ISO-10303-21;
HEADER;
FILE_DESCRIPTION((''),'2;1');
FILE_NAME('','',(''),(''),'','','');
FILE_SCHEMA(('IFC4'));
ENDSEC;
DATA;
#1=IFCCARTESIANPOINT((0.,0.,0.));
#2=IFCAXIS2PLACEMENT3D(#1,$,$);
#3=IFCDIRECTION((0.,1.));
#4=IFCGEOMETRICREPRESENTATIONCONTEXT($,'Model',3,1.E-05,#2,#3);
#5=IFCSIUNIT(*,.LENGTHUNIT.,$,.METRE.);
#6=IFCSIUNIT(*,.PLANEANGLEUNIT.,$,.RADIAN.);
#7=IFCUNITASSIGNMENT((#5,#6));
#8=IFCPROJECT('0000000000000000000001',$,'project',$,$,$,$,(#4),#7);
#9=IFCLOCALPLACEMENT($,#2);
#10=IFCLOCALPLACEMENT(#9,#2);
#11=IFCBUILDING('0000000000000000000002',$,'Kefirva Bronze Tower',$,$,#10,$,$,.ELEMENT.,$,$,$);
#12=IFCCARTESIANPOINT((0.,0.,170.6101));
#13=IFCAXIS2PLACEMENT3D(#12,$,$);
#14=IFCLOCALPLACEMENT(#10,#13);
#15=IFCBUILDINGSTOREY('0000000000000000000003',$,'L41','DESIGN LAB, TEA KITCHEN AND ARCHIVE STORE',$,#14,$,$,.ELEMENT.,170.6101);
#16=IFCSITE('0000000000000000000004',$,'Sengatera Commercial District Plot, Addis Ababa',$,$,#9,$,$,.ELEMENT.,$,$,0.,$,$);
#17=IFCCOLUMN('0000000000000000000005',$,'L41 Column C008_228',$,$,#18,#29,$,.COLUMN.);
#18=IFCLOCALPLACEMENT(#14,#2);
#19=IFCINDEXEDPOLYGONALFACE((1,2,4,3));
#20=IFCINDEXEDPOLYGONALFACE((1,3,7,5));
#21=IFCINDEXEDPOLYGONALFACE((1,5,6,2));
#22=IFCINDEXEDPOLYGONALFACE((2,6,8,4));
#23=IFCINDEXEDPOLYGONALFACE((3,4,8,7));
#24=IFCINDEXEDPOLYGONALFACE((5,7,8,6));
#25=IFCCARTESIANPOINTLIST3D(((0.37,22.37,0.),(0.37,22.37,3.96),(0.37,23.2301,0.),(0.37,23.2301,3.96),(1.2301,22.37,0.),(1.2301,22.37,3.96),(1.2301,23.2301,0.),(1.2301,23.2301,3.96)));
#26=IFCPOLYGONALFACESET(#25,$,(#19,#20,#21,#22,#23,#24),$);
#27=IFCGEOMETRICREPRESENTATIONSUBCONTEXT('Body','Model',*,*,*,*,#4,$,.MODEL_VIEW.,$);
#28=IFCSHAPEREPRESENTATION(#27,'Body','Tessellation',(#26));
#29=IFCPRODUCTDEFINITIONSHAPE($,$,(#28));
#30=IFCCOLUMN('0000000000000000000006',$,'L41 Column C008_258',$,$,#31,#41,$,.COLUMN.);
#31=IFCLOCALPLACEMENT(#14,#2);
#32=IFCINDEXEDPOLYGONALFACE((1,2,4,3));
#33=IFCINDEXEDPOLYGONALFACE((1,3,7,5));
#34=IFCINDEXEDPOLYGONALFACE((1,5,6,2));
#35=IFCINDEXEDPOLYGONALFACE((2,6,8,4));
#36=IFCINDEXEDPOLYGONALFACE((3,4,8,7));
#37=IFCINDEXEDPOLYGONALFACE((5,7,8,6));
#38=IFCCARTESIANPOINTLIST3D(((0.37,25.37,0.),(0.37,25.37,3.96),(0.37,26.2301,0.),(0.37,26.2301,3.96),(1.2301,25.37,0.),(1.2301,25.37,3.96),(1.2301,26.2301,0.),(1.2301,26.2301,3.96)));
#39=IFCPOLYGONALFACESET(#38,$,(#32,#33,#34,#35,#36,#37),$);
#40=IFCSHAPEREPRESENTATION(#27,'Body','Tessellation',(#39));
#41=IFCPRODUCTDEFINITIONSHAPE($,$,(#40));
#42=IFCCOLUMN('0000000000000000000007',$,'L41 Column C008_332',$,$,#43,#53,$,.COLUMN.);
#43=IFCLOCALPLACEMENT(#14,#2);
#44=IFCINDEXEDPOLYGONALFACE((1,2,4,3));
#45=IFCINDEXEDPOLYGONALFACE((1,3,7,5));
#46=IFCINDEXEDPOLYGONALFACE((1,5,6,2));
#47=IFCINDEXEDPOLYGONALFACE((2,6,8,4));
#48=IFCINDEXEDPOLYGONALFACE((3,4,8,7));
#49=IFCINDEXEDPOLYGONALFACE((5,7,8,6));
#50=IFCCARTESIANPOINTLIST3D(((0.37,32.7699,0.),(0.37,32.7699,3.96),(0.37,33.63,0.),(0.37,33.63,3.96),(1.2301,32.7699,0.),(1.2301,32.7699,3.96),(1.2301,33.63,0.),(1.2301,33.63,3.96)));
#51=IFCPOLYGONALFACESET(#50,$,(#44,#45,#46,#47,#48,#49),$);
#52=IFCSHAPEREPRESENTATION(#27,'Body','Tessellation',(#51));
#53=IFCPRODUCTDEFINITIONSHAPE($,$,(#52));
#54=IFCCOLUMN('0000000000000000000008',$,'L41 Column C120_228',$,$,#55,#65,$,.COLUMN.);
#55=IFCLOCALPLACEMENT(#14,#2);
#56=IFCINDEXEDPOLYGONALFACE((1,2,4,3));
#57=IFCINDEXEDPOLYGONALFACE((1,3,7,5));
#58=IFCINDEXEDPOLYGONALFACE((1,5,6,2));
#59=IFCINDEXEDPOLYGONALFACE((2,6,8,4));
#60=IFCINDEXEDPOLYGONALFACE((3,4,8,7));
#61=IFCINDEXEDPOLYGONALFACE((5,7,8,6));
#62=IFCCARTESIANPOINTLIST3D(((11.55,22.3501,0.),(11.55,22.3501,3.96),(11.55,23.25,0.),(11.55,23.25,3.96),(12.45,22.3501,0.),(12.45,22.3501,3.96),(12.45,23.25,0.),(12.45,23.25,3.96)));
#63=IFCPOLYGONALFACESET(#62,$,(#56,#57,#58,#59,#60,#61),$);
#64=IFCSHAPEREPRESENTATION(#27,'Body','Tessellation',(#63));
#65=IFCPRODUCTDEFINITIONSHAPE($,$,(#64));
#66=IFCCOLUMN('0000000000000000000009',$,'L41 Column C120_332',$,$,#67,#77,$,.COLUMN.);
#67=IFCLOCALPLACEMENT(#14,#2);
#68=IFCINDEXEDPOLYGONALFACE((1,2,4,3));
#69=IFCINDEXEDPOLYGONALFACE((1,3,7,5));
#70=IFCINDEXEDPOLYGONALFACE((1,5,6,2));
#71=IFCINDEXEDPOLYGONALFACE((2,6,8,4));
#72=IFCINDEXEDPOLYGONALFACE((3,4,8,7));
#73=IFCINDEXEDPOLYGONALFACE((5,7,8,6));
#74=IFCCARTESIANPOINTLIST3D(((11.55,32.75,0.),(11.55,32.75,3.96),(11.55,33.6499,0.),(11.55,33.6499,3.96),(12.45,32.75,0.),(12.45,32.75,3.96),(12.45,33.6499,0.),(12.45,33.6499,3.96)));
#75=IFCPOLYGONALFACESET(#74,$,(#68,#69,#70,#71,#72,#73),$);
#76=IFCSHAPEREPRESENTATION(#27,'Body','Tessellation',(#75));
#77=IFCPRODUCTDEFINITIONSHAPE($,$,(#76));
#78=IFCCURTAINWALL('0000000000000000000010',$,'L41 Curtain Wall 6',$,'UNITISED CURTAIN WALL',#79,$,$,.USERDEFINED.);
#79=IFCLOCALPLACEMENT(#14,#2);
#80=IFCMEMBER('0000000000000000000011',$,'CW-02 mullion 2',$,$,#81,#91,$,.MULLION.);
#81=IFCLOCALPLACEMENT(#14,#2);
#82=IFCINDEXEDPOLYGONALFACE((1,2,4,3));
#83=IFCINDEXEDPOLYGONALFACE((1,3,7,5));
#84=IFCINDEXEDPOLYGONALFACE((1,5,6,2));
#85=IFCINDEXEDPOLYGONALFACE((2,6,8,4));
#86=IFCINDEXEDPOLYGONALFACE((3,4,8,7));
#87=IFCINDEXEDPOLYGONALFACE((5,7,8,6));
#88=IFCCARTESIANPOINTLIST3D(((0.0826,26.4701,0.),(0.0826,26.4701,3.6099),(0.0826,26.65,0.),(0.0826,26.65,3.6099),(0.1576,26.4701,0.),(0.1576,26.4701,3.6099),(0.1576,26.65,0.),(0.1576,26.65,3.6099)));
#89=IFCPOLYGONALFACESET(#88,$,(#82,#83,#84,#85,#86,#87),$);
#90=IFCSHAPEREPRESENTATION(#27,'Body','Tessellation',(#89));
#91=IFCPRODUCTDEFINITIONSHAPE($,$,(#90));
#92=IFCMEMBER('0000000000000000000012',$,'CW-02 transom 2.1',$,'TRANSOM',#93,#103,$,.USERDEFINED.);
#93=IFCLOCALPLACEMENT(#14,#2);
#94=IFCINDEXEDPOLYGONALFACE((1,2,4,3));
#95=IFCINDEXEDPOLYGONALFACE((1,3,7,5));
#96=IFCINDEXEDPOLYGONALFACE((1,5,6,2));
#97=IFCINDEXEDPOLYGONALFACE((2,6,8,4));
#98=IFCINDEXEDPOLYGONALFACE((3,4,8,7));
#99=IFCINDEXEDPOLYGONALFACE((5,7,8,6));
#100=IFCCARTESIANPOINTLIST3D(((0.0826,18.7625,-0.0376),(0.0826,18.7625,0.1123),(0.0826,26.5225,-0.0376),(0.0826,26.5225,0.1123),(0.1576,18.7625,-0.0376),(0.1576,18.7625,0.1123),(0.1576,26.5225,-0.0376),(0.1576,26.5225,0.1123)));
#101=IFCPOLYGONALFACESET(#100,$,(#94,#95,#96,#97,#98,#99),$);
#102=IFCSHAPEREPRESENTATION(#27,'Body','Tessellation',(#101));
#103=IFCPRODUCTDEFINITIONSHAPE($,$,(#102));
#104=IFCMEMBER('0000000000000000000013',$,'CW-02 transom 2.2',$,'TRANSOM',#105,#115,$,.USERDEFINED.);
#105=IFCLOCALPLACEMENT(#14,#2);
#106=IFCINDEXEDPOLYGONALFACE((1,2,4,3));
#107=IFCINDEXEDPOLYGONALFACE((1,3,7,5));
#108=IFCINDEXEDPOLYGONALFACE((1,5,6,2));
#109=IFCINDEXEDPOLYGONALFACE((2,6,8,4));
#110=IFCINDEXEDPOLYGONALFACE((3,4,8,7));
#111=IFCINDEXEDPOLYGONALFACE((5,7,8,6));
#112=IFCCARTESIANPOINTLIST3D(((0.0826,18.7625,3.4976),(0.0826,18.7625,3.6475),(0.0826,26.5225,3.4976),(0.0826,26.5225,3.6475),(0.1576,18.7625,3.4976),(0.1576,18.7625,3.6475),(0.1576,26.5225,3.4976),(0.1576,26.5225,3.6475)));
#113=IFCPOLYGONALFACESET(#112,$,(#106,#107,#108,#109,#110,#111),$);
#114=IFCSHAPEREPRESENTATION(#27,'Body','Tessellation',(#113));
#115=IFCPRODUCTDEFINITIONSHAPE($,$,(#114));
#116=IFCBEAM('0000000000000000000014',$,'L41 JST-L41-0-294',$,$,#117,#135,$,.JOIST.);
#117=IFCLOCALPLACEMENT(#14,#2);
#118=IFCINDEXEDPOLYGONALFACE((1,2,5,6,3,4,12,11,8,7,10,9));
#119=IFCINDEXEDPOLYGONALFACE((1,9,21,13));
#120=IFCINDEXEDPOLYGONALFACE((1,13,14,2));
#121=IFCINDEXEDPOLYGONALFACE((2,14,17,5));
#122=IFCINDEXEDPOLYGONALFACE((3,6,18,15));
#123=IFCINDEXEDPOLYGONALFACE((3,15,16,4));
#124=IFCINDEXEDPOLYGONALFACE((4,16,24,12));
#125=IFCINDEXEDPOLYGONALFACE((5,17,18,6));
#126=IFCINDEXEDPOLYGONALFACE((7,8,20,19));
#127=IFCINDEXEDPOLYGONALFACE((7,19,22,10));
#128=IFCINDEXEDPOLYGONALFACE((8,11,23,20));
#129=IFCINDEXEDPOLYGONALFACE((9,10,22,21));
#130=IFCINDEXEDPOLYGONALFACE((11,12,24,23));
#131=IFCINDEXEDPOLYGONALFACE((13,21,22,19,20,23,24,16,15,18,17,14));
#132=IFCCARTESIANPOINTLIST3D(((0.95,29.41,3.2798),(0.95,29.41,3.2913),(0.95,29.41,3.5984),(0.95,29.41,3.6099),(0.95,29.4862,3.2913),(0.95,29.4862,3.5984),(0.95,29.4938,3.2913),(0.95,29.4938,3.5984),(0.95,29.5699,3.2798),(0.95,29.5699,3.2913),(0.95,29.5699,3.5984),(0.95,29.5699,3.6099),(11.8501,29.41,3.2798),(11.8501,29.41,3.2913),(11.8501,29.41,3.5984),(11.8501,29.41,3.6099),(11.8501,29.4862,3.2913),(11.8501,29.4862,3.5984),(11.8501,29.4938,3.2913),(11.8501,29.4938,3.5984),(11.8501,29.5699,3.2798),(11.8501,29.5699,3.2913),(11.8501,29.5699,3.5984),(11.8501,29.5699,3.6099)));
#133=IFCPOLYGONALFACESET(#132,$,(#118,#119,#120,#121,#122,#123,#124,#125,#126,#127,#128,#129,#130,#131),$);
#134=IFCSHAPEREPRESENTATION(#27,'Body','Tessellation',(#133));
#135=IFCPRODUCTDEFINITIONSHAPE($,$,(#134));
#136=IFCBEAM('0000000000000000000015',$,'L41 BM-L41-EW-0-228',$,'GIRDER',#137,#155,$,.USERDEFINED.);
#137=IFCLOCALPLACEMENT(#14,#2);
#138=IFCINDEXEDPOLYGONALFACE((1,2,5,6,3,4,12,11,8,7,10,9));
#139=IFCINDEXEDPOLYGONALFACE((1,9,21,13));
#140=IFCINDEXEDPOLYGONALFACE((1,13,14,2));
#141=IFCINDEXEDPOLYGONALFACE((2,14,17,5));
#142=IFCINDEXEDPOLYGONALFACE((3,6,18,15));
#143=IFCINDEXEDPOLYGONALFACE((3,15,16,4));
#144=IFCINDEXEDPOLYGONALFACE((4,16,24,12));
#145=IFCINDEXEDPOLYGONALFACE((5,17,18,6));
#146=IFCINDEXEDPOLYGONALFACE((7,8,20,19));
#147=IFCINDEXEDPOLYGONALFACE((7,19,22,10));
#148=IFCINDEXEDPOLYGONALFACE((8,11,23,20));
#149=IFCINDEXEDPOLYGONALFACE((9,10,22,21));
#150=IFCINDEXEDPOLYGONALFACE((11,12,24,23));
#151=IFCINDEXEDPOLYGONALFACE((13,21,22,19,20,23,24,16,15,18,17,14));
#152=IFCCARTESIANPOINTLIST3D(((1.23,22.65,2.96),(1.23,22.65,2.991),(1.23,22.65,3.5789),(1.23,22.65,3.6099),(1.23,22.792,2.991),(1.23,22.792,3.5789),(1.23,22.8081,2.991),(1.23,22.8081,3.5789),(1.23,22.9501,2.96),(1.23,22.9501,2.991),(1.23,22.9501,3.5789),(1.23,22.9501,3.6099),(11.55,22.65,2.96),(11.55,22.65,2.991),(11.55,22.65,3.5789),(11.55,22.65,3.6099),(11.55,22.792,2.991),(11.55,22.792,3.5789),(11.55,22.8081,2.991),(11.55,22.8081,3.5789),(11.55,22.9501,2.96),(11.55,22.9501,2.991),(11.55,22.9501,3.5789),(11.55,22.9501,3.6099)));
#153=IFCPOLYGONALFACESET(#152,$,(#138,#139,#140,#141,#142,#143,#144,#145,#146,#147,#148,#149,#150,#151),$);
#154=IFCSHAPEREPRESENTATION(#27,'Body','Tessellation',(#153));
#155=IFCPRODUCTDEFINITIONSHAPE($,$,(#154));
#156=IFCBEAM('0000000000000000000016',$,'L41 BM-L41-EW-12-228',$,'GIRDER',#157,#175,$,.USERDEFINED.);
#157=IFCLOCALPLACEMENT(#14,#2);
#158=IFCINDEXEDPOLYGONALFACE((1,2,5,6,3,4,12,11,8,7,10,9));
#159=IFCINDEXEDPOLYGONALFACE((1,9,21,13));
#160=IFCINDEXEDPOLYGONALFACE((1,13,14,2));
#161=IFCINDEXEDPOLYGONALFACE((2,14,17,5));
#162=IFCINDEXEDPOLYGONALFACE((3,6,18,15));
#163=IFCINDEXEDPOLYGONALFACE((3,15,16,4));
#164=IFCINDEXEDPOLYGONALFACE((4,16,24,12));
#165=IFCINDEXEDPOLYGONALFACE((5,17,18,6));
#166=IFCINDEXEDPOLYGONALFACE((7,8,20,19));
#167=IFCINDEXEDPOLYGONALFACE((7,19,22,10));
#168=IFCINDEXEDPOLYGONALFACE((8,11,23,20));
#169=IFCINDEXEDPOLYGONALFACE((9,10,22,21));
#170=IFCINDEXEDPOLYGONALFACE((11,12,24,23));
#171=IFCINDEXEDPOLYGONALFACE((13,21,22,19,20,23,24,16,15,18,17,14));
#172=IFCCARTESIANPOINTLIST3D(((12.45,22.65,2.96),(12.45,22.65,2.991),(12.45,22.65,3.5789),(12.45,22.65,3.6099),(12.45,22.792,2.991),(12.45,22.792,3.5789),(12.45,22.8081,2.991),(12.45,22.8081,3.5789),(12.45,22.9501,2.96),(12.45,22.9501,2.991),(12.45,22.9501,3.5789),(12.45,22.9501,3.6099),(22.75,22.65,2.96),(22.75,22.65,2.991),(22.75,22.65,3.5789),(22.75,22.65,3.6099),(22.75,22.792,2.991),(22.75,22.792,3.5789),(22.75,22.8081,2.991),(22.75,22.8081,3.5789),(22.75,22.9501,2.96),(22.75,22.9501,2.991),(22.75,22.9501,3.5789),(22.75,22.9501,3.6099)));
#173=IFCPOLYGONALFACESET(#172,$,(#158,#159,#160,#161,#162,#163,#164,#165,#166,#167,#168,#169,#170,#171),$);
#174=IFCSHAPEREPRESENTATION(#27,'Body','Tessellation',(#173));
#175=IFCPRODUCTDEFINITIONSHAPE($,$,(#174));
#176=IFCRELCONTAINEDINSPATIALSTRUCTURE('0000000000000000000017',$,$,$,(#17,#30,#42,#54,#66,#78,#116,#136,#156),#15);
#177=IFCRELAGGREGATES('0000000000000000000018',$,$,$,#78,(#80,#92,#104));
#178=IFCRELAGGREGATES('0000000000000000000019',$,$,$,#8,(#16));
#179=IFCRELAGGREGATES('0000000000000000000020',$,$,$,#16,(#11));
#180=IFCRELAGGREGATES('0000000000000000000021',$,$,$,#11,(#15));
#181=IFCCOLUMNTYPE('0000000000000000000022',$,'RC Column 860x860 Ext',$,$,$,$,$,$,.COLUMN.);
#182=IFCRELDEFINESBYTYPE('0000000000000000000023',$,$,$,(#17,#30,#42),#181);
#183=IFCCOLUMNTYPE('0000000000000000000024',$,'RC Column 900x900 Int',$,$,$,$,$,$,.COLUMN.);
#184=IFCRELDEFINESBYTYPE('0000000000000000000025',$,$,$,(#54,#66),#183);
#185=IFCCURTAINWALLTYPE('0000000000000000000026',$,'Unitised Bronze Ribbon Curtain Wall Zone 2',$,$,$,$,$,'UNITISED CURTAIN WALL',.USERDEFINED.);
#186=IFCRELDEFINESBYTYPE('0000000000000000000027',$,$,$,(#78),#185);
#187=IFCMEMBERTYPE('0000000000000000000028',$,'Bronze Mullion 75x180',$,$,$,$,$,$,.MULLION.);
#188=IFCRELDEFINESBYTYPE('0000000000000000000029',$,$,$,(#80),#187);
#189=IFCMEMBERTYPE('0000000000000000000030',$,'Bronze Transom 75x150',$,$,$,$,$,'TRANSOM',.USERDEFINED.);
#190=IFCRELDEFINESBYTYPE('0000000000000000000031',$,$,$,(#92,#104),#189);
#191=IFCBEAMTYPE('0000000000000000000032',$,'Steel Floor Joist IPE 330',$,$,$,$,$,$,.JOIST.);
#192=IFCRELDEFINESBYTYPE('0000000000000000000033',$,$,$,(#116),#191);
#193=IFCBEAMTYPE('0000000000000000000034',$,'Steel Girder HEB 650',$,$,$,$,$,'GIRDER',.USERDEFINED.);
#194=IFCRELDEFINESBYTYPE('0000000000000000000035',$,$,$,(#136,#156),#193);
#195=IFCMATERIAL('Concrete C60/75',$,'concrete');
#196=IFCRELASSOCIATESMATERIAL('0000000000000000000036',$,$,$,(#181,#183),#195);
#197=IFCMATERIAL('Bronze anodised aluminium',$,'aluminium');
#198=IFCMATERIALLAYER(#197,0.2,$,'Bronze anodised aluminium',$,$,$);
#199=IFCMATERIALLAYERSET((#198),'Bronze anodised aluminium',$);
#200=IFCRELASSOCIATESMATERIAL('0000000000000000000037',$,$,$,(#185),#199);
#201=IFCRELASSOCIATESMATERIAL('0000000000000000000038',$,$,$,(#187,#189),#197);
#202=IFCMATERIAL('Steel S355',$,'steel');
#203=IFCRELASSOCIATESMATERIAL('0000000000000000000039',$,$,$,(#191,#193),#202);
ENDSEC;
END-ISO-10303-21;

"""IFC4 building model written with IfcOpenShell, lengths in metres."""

from ifc_helpers import new_model, si_unit, direction, frame, origin, origin_2d, place, context, subcontext, project, spatial, rectangle, i_section, extrude, material, layer, layer_set, material_profile, profile_set, type_object, element, aggregate, save


model = new_model("IFC4")

# Units and contexts
model_context = context("Model", 3, precision=1e-05, world=origin(), true_north=direction((0.0, 1.0)))
body_context = subcontext(model_context, "Body", "Model", "MODEL_VIEW")
ifc_project = project(units=[si_unit("LENGTHUNIT", "METRE"), si_unit("PLANEANGLEUNIT", "RADIAN")], contexts=[model_context])

# Site, building, storey
site_placement = place(None, origin())
site = spatial("IfcSite", under=ifc_project, at=site_placement, Name="Sengatera Commercial District Plot, Addis Ababa", CompositionType="ELEMENT", RefElevation=0.0)
building_placement = place(site_placement, origin())
building = spatial("IfcBuilding", under=site, at=building_placement, Name="Kefirva Bronze Tower", CompositionType="ELEMENT")
storey_placement = place(building_placement, frame((0.0, 0.0, 170.6101)))
storey = spatial("IfcBuildingStorey", under=building, at=storey_placement, Name="L41", Description="DESIGN LAB, TEA KITCHEN AND ARCHIVE STORE", CompositionType="ELEMENT", Elevation=170.6101)

# Columns
ifc_material_1 = material(Name="Concrete C60/75", Category="concrete")
ifc_material_profile_1 = material_profile(ifc_material_1, rectangle(XDim=0.8601, YDim=0.8601, at=origin_2d()), Name="RC 860x860")
ifc_profile_set_1 = profile_set([ifc_material_profile_1], Name="Concrete C60/75")
column_type_1 = type_object("IfcColumnType", Name="RC Column 860x860 Ext", PredefinedType="COLUMN", material=ifc_profile_set_1)
for number, where, z_axis, x_axis, name in (
    (1, (0.8, 22.8, 0.0), (0.0, 0.0, 1.0), (1.0, 0.0, 0.0), "L41 Column C008_228"),
    (2, (0.8, 25.8, 0.0), (0.0, 0.0, 1.0), (1.0, 0.0, 0.0), "L41 Column C008_258"),
    (3, (0.8, 33.2, 0.0), (0.0, 0.0, 1.0), (1.0, 0.0, 0.0), "L41 Column C008_332"),
):
    element("IfcColumn", number, at=place(storey_placement, frame(where, z_axis=z_axis, x_axis=x_axis)), inside=storey, type_object=column_type_1, Name=name, PredefinedType="COLUMN", context=body_context, shape_type="SweptSolid", body=[
        extrude(rectangle(XDim=0.8601, YDim=0.8601, at=origin_2d()), origin(), (0.0, 0.0, 1.0), 3.96),
    ])
ifc_material_profile_2 = material_profile(ifc_material_1, rectangle(XDim=0.8999, YDim=0.8999, at=origin_2d()), Name="RC 900x900")
ifc_profile_set_2 = profile_set([ifc_material_profile_2], Name="Concrete C60/75")
column_type_2 = type_object("IfcColumnType", Name="RC Column 900x900 Int", PredefinedType="COLUMN", material=ifc_profile_set_2)
for number, where, z_axis, x_axis, name in (
    (4, (12.0, 22.8, 0.0), (0.0, 0.0, 1.0), (1.0, 0.0, 0.0), "L41 Column C120_228"),
    (5, (12.0, 33.2, 0.0), (0.0, 0.0, 1.0), (1.0, 0.0, 0.0), "L41 Column C120_332"),
):
    element("IfcColumn", number, at=place(storey_placement, frame(where, z_axis=z_axis, x_axis=x_axis)), inside=storey, type_object=column_type_2, Name=name, PredefinedType="COLUMN", context=body_context, shape_type="SweptSolid", body=[
        extrude(rectangle(XDim=0.8999, YDim=0.8999, at=origin_2d()), origin(), (0.0, 0.0, 1.0), 3.96),
    ])

# Curtain wall, members
ifc_material_2 = material(Name="Bronze anodised aluminium", Category="aluminium")
ifc_layer_1 = layer(ifc_material_2, 0.2, Name="Bronze anodised aluminium")
ifc_layer_set_1 = layer_set([ifc_layer_1], Name="Bronze anodised aluminium")
curtain_wall_type = type_object("IfcCurtainWallType", Name="Unitised Bronze Ribbon Curtain Wall Zone 2", ElementType="UNITISED CURTAIN WALL", PredefinedType="USERDEFINED", material=ifc_layer_set_1)
curtain_wall_placement = place(storey_placement, origin())
curtain_wall = element("IfcCurtainWall", 6, at=curtain_wall_placement, inside=storey, type_object=curtain_wall_type, Name="L41 Curtain Wall 6", ObjectType="UNITISED CURTAIN WALL", PredefinedType="USERDEFINED")
ifc_material_profile_3 = material_profile(ifc_material_2, rectangle(XDim=0.075, YDim=0.1799, at=origin_2d()), Name="ALU 75x180")
ifc_profile_set_3 = profile_set([ifc_material_profile_3], Name="Bronze anodised aluminium")
member_type_1 = type_object("IfcMemberType", Name="Bronze Mullion 75x180", PredefinedType="MULLION", material=ifc_profile_set_3)
member_1_placement = place(storey_placement, frame((0.1201, 26.5601, 0.0), z_axis=(0.0, 0.0, 1.0), x_axis=(1.0, 0.0, 0.0)))
member_1 = element("IfcMember", 7, at=member_1_placement, type_object=member_type_1, Name="CW-02 mullion 2", PredefinedType="MULLION", context=body_context, shape_type="SweptSolid", body=[
    extrude(rectangle(XDim=0.075, YDim=0.1799, at=origin_2d()), origin(), (0.0, 0.0, 1.0), 3.6099),
])
ifc_material_profile_4 = material_profile(ifc_material_2, rectangle(XDim=0.075, YDim=0.1499, at=origin_2d()), Name="ALU 75x150")
ifc_profile_set_4 = profile_set([ifc_material_profile_4], Name="Bronze anodised aluminium")
member_type_2 = type_object("IfcMemberType", Name="Bronze Transom 75x150", ElementType="TRANSOM", PredefinedType="USERDEFINED", material=ifc_profile_set_4)
member_2_placement = place(storey_placement, frame((0.1201, 26.5225, 0.0374), z_axis=(0.0, -1.0, 0.0), x_axis=(1.0, 0.0, 0.0)))
member_2 = element("IfcMember", 8, at=member_2_placement, type_object=member_type_2, Name="CW-02 transom 2.1", ObjectType="TRANSOM", PredefinedType="USERDEFINED", context=body_context, shape_type="SweptSolid", body=[
    extrude(rectangle(XDim=0.075, YDim=0.1499, at=origin_2d()), origin(), (0.0, 0.0, 1.0), 7.76),
])
member_3_placement = place(storey_placement, frame((0.1201, 26.5225, 3.5725), z_axis=(0.0, -1.0, 0.0), x_axis=(1.0, 0.0, 0.0)))
member_3 = element("IfcMember", 9, at=member_3_placement, type_object=member_type_2, Name="CW-02 transom 2.2", ObjectType="TRANSOM", PredefinedType="USERDEFINED", context=body_context, shape_type="SweptSolid", body=[
    extrude(rectangle(XDim=0.075, YDim=0.1499, at=origin_2d()), origin(), (0.0, 0.0, 1.0), 7.76),
])

# Beams
ifc_material_3 = material(Name="Steel S355", Category="steel")
ifc_material_profile_5 = material_profile(ifc_material_3, i_section(OverallWidth=0.1599, OverallDepth=0.3301, WebThickness=0.0076, FlangeThickness=0.0115, at=origin_2d()), Name="IPE 330")
ifc_profile_set_5 = profile_set([ifc_material_profile_5], Name="Steel S355")
beam_type_1 = type_object("IfcBeamType", Name="Steel Floor Joist IPE 330", PredefinedType="JOIST", material=ifc_profile_set_5)
beam_1_placement = place(storey_placement, frame((0.95, 29.49, 3.4448), z_axis=(1.0, 0.0, 0.0), x_axis=(0.0, 1.0, 0.0)))
element("IfcBeam", 10, at=beam_1_placement, inside=storey, type_object=beam_type_1, Name="L41 JST-L41-0-294", PredefinedType="JOIST", context=body_context, shape_type="SweptSolid", body=[
    extrude(i_section(OverallWidth=0.1599, OverallDepth=0.3301, WebThickness=0.0076, FlangeThickness=0.0115, at=origin_2d()), origin(), (0.0, 0.0, 1.0), 10.9001),
])
ifc_material_profile_6 = material_profile(ifc_material_3, i_section(OverallWidth=0.3, OverallDepth=0.6499, WebThickness=0.0161, FlangeThickness=0.031, at=origin_2d()), Name="HEB 650")
ifc_profile_set_6 = profile_set([ifc_material_profile_6], Name="Steel S355")
beam_type_2 = type_object("IfcBeamType", Name="Steel Girder HEB 650", ElementType="GIRDER", PredefinedType="USERDEFINED", material=ifc_profile_set_6)
beam_2_placement = place(storey_placement, frame((1.23, 22.8, 3.2849), z_axis=(1.0, 0.0, 0.0), x_axis=(0.0, 1.0, 0.0)))
element("IfcBeam", 11, at=beam_2_placement, inside=storey, type_object=beam_type_2, Name="L41 BM-L41-EW-0-228", ObjectType="GIRDER", PredefinedType="USERDEFINED", context=body_context, shape_type="SweptSolid", body=[
    extrude(i_section(OverallWidth=0.3, OverallDepth=0.6499, WebThickness=0.0161, FlangeThickness=0.031, at=origin_2d()), origin(), (0.0, 0.0, 1.0), 10.3201),
])
beam_3_placement = place(storey_placement, frame((12.45, 22.8, 3.2849), z_axis=(1.0, 0.0, 0.0), x_axis=(0.0, 1.0, 0.0)))
element("IfcBeam", 12, at=beam_3_placement, inside=storey, type_object=beam_type_2, Name="L41 BM-L41-EW-12-228", ObjectType="GIRDER", PredefinedType="USERDEFINED", context=body_context, shape_type="SweptSolid", body=[
    extrude(i_section(OverallWidth=0.3, OverallDepth=0.6499, WebThickness=0.0161, FlangeThickness=0.031, at=origin_2d()), origin(), (0.0, 0.0, 1.0), 10.3),
])

aggregate(curtain_wall, [member_1, member_2, member_3])

save(model, "model.ifc")
